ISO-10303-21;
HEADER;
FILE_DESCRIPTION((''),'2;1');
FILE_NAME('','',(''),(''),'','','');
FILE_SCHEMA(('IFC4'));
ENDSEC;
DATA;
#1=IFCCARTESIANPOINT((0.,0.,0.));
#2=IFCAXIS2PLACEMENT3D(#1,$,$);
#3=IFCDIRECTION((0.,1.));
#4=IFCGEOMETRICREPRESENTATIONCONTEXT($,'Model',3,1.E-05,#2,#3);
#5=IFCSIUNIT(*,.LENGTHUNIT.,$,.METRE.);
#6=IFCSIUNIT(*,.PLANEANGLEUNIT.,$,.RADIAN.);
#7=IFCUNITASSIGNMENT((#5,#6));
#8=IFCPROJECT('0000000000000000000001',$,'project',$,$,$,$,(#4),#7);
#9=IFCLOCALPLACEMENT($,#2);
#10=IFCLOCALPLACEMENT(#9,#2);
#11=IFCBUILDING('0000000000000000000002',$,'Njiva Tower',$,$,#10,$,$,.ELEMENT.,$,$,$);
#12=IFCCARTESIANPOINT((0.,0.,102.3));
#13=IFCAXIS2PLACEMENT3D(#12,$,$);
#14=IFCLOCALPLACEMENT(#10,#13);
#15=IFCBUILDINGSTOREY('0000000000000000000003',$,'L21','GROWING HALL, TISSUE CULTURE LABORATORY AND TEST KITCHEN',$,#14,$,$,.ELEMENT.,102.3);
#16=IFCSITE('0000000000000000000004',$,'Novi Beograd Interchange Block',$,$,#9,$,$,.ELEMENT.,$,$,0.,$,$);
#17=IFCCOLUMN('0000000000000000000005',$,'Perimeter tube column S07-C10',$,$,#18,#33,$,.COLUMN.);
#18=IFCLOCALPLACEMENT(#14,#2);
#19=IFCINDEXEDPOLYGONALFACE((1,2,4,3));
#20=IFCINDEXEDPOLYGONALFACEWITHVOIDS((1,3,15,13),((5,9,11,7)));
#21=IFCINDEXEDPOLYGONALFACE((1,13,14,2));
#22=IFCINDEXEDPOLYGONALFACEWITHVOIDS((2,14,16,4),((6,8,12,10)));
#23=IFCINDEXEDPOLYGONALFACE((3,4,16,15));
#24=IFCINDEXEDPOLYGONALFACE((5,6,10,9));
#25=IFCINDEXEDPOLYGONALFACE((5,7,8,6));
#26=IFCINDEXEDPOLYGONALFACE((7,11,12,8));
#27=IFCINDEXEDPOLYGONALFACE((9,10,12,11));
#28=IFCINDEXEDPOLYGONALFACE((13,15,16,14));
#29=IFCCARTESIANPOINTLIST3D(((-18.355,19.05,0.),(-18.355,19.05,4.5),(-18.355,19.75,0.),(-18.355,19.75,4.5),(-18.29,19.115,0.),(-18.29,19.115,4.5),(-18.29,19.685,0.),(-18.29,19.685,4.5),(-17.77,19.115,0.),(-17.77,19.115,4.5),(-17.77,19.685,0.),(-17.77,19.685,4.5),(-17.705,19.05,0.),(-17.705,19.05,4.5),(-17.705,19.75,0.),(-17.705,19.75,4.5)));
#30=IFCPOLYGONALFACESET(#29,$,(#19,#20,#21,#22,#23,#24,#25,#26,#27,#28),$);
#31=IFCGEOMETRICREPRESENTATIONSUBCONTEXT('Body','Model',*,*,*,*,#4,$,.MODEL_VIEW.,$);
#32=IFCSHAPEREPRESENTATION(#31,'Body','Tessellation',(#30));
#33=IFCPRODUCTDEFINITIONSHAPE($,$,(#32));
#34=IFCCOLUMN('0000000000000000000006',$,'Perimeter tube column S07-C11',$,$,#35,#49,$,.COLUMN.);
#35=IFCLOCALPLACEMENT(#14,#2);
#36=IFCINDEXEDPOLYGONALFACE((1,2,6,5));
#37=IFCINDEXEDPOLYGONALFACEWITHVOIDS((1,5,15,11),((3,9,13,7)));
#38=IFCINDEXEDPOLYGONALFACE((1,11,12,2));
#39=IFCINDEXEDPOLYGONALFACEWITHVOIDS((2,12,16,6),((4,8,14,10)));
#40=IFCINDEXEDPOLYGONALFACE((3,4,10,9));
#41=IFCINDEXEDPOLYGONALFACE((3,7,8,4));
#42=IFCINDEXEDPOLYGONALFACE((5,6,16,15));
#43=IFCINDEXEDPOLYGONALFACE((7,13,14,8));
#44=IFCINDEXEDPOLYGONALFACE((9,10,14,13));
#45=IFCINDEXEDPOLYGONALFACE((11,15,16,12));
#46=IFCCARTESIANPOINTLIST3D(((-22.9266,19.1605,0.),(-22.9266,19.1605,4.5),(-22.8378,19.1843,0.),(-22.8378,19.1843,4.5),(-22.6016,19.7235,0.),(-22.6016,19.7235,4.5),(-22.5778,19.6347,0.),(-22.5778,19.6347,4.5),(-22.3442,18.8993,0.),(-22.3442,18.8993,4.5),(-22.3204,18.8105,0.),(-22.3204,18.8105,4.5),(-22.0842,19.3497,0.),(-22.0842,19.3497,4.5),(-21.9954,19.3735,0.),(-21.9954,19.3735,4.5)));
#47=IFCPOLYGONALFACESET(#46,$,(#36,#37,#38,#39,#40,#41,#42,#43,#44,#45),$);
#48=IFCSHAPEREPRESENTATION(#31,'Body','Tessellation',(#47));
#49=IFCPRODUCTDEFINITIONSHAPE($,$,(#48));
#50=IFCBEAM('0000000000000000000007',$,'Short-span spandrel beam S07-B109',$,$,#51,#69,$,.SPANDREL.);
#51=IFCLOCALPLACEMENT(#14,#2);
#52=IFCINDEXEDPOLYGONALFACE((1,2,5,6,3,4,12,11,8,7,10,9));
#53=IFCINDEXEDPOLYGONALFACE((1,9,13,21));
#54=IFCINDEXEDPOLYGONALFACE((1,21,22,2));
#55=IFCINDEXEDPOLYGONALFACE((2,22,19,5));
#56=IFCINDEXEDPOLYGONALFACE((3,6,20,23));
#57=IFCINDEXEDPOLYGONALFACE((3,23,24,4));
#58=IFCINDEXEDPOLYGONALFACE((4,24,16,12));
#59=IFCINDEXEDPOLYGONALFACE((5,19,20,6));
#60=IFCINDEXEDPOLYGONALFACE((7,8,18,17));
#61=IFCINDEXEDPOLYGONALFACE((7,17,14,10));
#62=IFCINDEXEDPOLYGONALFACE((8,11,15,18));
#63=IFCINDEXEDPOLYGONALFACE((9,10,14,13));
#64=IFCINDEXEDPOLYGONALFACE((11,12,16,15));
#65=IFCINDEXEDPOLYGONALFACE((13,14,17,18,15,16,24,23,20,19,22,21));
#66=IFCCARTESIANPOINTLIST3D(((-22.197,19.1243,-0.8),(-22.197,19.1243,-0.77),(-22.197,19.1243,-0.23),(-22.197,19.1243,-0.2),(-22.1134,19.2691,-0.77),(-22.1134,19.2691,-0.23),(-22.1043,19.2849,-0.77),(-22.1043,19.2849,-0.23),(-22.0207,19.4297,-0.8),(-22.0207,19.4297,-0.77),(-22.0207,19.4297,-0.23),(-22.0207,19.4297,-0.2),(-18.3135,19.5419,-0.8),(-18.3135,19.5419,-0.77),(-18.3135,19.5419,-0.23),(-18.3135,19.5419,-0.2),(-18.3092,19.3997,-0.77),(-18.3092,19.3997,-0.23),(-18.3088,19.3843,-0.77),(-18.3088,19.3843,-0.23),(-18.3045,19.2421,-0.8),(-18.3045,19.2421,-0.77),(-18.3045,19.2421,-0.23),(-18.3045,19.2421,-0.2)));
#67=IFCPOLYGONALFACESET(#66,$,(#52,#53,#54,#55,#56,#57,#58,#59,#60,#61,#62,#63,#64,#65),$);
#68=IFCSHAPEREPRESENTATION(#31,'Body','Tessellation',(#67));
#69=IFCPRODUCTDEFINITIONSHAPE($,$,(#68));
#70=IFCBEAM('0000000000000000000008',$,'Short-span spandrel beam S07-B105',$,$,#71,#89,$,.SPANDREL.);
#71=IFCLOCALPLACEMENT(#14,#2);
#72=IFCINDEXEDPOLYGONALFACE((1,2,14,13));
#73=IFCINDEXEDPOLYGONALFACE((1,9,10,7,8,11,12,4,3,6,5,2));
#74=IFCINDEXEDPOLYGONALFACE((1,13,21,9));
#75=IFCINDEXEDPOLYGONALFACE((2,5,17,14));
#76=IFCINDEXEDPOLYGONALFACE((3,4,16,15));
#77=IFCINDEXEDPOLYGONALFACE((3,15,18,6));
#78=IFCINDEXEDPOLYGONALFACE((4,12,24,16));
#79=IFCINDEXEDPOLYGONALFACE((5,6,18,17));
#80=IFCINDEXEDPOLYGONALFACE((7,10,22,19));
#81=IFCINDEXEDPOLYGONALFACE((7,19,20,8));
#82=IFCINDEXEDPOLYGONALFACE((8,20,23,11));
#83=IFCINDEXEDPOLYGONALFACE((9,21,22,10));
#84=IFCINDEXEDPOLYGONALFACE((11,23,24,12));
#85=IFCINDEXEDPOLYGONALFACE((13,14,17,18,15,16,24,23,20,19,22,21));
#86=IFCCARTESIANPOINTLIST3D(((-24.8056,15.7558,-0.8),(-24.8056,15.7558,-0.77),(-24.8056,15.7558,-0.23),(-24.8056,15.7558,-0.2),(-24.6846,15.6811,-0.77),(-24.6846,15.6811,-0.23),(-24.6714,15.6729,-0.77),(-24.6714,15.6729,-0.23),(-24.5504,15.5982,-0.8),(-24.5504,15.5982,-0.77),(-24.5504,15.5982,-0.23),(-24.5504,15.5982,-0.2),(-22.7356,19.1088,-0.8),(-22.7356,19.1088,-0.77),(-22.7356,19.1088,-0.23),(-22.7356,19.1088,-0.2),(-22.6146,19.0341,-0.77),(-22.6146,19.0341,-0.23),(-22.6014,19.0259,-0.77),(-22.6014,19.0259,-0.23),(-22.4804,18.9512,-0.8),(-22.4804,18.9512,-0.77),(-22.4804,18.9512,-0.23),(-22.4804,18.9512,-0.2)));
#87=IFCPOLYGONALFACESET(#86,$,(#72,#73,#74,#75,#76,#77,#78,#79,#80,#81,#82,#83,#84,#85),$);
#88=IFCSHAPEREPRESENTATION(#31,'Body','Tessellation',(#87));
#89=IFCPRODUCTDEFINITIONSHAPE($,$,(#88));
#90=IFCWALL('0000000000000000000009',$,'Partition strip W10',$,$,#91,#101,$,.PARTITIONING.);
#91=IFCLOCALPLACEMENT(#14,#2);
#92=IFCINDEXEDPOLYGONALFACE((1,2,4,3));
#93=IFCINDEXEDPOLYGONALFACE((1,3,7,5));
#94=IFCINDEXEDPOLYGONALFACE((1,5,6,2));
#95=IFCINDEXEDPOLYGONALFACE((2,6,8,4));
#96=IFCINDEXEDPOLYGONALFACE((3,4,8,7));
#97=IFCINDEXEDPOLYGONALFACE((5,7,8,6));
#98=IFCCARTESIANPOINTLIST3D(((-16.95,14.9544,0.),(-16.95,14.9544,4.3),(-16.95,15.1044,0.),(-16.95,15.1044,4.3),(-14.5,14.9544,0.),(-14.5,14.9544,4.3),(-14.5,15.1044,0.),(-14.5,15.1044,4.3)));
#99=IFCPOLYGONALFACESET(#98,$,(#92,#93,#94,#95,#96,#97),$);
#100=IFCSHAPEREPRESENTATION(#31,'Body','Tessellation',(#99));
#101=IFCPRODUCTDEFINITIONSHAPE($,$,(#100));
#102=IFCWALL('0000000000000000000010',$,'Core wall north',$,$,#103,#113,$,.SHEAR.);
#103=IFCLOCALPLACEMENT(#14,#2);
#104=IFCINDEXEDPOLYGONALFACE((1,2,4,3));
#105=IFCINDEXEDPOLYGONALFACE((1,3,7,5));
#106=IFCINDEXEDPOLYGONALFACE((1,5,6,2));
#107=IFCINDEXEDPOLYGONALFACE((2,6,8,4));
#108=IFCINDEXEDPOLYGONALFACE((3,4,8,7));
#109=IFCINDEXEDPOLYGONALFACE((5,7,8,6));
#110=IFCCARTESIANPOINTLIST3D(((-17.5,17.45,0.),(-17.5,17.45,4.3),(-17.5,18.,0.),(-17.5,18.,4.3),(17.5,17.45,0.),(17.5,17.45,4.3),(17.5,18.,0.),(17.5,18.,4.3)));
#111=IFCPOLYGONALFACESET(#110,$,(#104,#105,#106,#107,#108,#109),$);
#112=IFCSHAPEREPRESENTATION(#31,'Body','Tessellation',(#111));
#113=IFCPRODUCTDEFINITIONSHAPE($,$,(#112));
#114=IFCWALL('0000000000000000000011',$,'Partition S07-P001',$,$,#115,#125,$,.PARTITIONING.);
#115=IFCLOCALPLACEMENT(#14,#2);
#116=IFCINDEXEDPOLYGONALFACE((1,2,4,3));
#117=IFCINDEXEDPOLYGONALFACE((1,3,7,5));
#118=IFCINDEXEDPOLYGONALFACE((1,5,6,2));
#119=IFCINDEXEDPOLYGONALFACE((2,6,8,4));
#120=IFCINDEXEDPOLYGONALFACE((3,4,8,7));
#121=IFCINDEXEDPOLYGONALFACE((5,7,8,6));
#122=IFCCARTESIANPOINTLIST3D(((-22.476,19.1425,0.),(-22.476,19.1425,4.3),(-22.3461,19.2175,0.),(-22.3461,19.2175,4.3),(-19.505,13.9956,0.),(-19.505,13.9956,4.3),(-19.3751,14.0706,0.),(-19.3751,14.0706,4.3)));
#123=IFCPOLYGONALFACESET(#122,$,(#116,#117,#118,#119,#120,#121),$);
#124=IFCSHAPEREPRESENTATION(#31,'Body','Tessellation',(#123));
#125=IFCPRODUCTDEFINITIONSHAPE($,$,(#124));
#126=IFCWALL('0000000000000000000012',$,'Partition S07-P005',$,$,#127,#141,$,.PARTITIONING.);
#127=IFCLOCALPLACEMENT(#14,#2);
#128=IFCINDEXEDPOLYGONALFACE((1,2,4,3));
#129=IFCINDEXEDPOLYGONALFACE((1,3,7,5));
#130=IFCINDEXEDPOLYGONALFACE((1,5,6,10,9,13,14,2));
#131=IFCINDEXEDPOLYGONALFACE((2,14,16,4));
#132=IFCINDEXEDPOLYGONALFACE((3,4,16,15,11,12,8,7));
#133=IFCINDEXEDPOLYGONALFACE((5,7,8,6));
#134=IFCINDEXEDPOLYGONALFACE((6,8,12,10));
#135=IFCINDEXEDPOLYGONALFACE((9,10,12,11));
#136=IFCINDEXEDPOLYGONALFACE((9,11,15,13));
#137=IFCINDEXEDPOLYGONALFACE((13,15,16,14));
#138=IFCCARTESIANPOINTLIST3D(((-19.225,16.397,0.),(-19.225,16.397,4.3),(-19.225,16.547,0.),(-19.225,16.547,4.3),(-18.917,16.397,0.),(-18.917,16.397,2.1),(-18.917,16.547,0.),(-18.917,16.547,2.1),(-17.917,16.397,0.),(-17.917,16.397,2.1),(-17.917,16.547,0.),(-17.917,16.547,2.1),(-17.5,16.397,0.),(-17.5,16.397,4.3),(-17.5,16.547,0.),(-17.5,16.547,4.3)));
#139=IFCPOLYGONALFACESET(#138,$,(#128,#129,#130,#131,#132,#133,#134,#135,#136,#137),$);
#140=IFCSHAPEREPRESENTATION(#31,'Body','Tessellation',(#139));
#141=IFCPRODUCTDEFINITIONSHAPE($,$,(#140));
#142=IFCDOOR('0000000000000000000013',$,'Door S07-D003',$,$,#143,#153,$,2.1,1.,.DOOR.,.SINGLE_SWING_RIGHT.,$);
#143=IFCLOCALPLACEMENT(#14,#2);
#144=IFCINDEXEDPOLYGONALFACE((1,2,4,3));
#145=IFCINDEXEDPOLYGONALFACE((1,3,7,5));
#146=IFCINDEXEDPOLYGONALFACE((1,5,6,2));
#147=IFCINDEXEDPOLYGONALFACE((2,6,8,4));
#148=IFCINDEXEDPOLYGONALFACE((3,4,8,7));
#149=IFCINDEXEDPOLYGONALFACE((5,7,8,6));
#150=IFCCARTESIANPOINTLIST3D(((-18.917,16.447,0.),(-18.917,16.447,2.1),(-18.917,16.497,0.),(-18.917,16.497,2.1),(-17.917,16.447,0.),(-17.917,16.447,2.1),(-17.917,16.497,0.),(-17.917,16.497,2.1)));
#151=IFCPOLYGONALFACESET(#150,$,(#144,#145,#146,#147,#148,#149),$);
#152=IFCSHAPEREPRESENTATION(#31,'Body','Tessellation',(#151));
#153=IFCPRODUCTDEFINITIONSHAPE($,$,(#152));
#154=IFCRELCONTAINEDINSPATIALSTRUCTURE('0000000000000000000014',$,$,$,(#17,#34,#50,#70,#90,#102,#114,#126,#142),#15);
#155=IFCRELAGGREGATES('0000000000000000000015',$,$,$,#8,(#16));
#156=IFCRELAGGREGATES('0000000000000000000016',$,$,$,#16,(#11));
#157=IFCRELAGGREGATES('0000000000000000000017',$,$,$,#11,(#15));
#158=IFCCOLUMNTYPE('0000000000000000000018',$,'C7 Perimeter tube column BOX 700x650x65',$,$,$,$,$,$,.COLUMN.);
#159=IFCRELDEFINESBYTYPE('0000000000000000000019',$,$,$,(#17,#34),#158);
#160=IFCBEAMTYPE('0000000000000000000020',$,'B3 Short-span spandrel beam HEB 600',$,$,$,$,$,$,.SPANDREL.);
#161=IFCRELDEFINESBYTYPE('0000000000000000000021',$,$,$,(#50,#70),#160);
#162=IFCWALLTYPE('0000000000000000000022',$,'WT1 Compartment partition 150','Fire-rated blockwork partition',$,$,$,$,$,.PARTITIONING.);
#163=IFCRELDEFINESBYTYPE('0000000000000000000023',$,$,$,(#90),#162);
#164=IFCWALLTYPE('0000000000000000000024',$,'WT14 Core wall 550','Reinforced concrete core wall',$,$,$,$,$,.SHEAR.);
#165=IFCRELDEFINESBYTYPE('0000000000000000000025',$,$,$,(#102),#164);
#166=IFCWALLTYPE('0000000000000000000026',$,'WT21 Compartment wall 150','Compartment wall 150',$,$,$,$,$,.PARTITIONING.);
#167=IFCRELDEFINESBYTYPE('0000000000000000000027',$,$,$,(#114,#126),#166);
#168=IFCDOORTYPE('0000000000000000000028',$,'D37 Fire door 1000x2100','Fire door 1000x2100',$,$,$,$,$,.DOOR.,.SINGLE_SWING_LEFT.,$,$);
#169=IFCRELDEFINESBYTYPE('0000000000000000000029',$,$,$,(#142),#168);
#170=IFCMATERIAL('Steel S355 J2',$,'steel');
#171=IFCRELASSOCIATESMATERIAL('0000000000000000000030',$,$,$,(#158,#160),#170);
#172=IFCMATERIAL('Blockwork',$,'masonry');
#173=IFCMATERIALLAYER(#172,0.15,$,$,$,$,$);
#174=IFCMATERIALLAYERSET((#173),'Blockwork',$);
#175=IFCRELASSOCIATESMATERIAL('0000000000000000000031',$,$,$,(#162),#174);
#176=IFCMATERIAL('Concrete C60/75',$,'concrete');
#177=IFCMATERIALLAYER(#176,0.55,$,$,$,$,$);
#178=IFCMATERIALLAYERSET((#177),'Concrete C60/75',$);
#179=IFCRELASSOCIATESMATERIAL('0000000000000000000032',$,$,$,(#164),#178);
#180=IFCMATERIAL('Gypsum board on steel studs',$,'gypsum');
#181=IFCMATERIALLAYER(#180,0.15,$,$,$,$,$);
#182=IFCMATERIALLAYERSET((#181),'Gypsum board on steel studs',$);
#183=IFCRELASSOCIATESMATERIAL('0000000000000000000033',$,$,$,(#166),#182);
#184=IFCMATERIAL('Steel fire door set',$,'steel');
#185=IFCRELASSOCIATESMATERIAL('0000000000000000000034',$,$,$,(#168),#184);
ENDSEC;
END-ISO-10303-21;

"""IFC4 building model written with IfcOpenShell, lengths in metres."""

from ifc_helpers import new_model, si_unit, direction, frame, frame_2d, origin, origin_2d, place, context, subcontext, project, spatial, rectangle, hollow_rectangle, i_section, extrude, clip, halfspace, material, layer, layer_set, material_profile, profile_set, type_object, element, fill, save


model = new_model("IFC4")

# Units and contexts
model_context = context("Model", 3, precision=1e-05, world=origin(), true_north=direction((0.0, 1.0)))
body_context = subcontext(model_context, "Body", "Model", "MODEL_VIEW")
ifc_project = project(units=[si_unit("LENGTHUNIT", "METRE"), si_unit("PLANEANGLEUNIT", "RADIAN")], contexts=[model_context])

# Site, building, storey
site_placement = place(None, origin())
site = spatial("IfcSite", under=ifc_project, at=site_placement, Name="Novi Beograd Interchange Block", CompositionType="ELEMENT", RefElevation=0.0)
building_placement = place(site_placement, origin())
building = spatial("IfcBuilding", under=site, at=building_placement, Name="Njiva Tower", CompositionType="ELEMENT")
storey_placement = place(building_placement, frame((0.0, 0.0, 102.3)))
storey = spatial("IfcBuildingStorey", under=building, at=storey_placement, Name="L21", Description="GROWING HALL, TISSUE CULTURE LABORATORY AND TEST KITCHEN", CompositionType="ELEMENT", Elevation=102.3)

# Columns
ifc_material_1 = material(Name="Steel S355 J2", Category="steel")
ifc_material_profile_1 = material_profile(ifc_material_1, hollow_rectangle(XDim=0.65, YDim=0.7, WallThickness=0.065, at=origin_2d()), Name="BOX 700x650x65")
ifc_profile_set_1 = profile_set([ifc_material_profile_1], Name="Steel S355 J2")
column_type = type_object("IfcColumnType", Name="C7 Perimeter tube column BOX 700x650x65", PredefinedType="COLUMN", material=ifc_profile_set_1)
for number, where, z_axis, x_axis, name in (
    (1, (-18.03, 19.4, 0.0), (0.0, 0.0, 1.0), (-1.0, 0.0, 0.0), "Perimeter tube column S07-C10"),
    (2, (-22.461, 19.267, 0.0), (0.0, 0.0, 1.0), (-0.5, -0.866025, 0.0), "Perimeter tube column S07-C11"),
):
    element("IfcColumn", number, at=place(storey_placement, frame(where, z_axis=z_axis, x_axis=x_axis)), inside=storey, type_object=column_type, Name=name, PredefinedType="COLUMN", context=body_context, shape_type="SweptSolid", body=[
        extrude(hollow_rectangle(XDim=0.65, YDim=0.7, WallThickness=0.065, at=origin_2d()), origin(), (0.0, 0.0, 1.0), 4.5),
    ])

# Beams
ifc_material_profile_2 = material_profile(ifc_material_1, i_section(OverallWidth=0.3, OverallDepth=0.6, WebThickness=0.0155, FlangeThickness=0.03, at=origin_2d()), Name="HEB 600")
ifc_profile_set_2 = profile_set([ifc_material_profile_2], Name="Steel S355 J2")
beam_type = type_object("IfcBeamType", Name="B3 Short-span spandrel beam HEB 600", PredefinedType="SPANDREL", material=ifc_profile_set_2)
beam_1_placement = place(storey_placement, frame((-18.309, 19.392, -0.5), z_axis=(-0.999542, -0.030249, 0.0), x_axis=(0.030249, -0.999542, 0.0)))
element("IfcBeam", 3, at=beam_1_placement, inside=storey, type_object=beam_type, Name="Short-span spandrel beam S07-B109", PredefinedType="SPANDREL", context=body_context, shape_type="Clipping", body=[
    clip(extrude(i_section(OverallWidth=0.3, OverallDepth=0.6, WebThickness=0.0155, FlangeThickness=0.03, at=origin_2d()), origin(), (0.0, 0.0, 1.0), 3.9147), halfspace(frame((-0.0268, 0.0, 3.785), z_axis=(-0.525966, 0.0, 0.850506), x_axis=(0.0, 1.0, 0.0)), False)),
])
beam_2_placement = place(storey_placement, frame((-22.608, 19.03, -0.5), z_axis=(-0.525315, -0.850908, 0.0), x_axis=(0.850908, -0.525315, 0.0)))
element("IfcBeam", 4, at=beam_2_placement, inside=storey, type_object=beam_type, Name="Short-span spandrel beam S07-B105", PredefinedType="SPANDREL", context=body_context, shape_type="SweptSolid", body=[
    extrude(i_section(OverallWidth=0.3, OverallDepth=0.6, WebThickness=0.0155, FlangeThickness=0.03, at=origin_2d()), origin(), (0.0, 0.0, 1.0), 3.9405),
])

# Walls
ifc_material_2 = material(Name="Blockwork", Category="masonry")
ifc_layer_1 = layer(ifc_material_2, 0.15)
ifc_layer_set_1 = layer_set([ifc_layer_1], Name="Blockwork")
wall_type_1 = type_object("IfcWallType", Name="WT1 Compartment partition 150", Description="Fire-rated blockwork partition", PredefinedType="PARTITIONING", material=ifc_layer_set_1)
wall_1_placement = place(storey_placement, frame((-16.95, 15.0294, 0.0), z_axis=(0.0, 0.0, 1.0), x_axis=(1.0, 0.0, 0.0)))
element("IfcWall", 5, at=wall_1_placement, inside=storey, type_object=wall_type_1, Name="Partition strip W10", PredefinedType="PARTITIONING", context=body_context, shape_type="SweptSolid", body=[
    extrude(rectangle(XDim=2.45, YDim=0.15, at=frame_2d((1.225, 0.0))), origin(), (0.0, 0.0, 1.0), 4.3),
])
ifc_material_3 = material(Name="Concrete C60/75", Category="concrete")
ifc_layer_2 = layer(ifc_material_3, 0.55)
ifc_layer_set_2 = layer_set([ifc_layer_2], Name="Concrete C60/75")
wall_type_2 = type_object("IfcWallType", Name="WT14 Core wall 550", Description="Reinforced concrete core wall", PredefinedType="SHEAR", material=ifc_layer_set_2)
wall_2_placement = place(storey_placement, frame((-17.5, 17.725, 0.0), z_axis=(0.0, 0.0, 1.0), x_axis=(1.0, 0.0, 0.0)))
element("IfcWall", 6, at=wall_2_placement, inside=storey, type_object=wall_type_2, Name="Core wall north", PredefinedType="SHEAR", context=body_context, shape_type="SweptSolid", body=[
    extrude(rectangle(XDim=35.0, YDim=0.55, at=frame_2d((17.5, 0.0))), origin(), (0.0, 0.0, 1.0), 4.3),
])
ifc_material_4 = material(Name="Gypsum board on steel studs", Category="gypsum")
ifc_layer_3 = layer(ifc_material_4, 0.15)
ifc_layer_set_3 = layer_set([ifc_layer_3], Name="Gypsum board on steel studs")
wall_type_3 = type_object("IfcWallType", Name="WT21 Compartment wall 150", Description="Compartment wall 150", PredefinedType="PARTITIONING", material=ifc_layer_set_3)
wall_3_placement = place(storey_placement, frame((-22.411, 19.18, 0.0), z_axis=(0.0, 0.0, 1.0), x_axis=(0.499922, -0.866071, 0.0)))
element("IfcWall", 7, at=wall_3_placement, inside=storey, type_object=wall_type_3, Name="Partition S07-P001", PredefinedType="PARTITIONING", context=body_context, shape_type="SweptSolid", body=[
    extrude(rectangle(XDim=5.9429, YDim=0.15, at=frame_2d((2.9714, 0.0))), origin(), (0.0, 0.0, 1.0), 4.3),
])

# Wall, opening, door
wall_4_placement = place(storey_placement, frame((-19.225, 16.472, 0.0), z_axis=(0.0, 0.0, 1.0), x_axis=(1.0, 0.0, 0.0)))
wall_4 = element("IfcWall", 8, at=wall_4_placement, inside=storey, type_object=wall_type_3, Name="Partition S07-P005", PredefinedType="PARTITIONING", context=body_context, shape_type="SweptSolid", body=[
    extrude(rectangle(XDim=1.725, YDim=0.15, at=frame_2d((0.8625, 0.0))), origin(), (0.0, 0.0, 1.0), 4.3),
])
opening_placement = place(wall_4_placement, frame((0.308, 0.0, 0.0)))
opening = element("IfcOpeningElement", 9, at=opening_placement, cuts=wall_4, PredefinedType="OPENING", context=body_context, shape_type="SweptSolid", body=[
    extrude(rectangle(XDim=1.0, YDim=2.1, at=frame_2d((0.5, 1.05))), frame((0.0, 0.085, 0.0), z_axis=(0.0, -1.0, 0.0), x_axis=(1.0, 0.0, 0.0)), (0.0, 0.0, 1.0), 0.17),
])
ifc_material_5 = material(Name="Steel fire door set", Category="steel")
door_type = type_object("IfcDoorType", Name="D37 Fire door 1000x2100", Description="Fire door 1000x2100", OperationType="SINGLE_SWING_LEFT", PredefinedType="DOOR", material=ifc_material_5)
door_placement = place(opening_placement, origin())
door = element("IfcDoor", 10, at=door_placement, inside=storey, type_object=door_type, Name="Door S07-D003", OperationType="SINGLE_SWING_RIGHT", OverallHeight=2.1, OverallWidth=1.0, PredefinedType="DOOR", context=body_context, shape_type="SweptSolid", body=[
    extrude(rectangle(XDim=1.0, YDim=2.1, at=frame_2d((0.5, 1.05))), frame((0.0, 0.025, 0.0), z_axis=(0.0, -1.0, 0.0), x_axis=(1.0, 0.0, 0.0)), (0.0, 0.0, 1.0), 0.05),
])
fill(opening, door)

save(model, "model.ifc")
